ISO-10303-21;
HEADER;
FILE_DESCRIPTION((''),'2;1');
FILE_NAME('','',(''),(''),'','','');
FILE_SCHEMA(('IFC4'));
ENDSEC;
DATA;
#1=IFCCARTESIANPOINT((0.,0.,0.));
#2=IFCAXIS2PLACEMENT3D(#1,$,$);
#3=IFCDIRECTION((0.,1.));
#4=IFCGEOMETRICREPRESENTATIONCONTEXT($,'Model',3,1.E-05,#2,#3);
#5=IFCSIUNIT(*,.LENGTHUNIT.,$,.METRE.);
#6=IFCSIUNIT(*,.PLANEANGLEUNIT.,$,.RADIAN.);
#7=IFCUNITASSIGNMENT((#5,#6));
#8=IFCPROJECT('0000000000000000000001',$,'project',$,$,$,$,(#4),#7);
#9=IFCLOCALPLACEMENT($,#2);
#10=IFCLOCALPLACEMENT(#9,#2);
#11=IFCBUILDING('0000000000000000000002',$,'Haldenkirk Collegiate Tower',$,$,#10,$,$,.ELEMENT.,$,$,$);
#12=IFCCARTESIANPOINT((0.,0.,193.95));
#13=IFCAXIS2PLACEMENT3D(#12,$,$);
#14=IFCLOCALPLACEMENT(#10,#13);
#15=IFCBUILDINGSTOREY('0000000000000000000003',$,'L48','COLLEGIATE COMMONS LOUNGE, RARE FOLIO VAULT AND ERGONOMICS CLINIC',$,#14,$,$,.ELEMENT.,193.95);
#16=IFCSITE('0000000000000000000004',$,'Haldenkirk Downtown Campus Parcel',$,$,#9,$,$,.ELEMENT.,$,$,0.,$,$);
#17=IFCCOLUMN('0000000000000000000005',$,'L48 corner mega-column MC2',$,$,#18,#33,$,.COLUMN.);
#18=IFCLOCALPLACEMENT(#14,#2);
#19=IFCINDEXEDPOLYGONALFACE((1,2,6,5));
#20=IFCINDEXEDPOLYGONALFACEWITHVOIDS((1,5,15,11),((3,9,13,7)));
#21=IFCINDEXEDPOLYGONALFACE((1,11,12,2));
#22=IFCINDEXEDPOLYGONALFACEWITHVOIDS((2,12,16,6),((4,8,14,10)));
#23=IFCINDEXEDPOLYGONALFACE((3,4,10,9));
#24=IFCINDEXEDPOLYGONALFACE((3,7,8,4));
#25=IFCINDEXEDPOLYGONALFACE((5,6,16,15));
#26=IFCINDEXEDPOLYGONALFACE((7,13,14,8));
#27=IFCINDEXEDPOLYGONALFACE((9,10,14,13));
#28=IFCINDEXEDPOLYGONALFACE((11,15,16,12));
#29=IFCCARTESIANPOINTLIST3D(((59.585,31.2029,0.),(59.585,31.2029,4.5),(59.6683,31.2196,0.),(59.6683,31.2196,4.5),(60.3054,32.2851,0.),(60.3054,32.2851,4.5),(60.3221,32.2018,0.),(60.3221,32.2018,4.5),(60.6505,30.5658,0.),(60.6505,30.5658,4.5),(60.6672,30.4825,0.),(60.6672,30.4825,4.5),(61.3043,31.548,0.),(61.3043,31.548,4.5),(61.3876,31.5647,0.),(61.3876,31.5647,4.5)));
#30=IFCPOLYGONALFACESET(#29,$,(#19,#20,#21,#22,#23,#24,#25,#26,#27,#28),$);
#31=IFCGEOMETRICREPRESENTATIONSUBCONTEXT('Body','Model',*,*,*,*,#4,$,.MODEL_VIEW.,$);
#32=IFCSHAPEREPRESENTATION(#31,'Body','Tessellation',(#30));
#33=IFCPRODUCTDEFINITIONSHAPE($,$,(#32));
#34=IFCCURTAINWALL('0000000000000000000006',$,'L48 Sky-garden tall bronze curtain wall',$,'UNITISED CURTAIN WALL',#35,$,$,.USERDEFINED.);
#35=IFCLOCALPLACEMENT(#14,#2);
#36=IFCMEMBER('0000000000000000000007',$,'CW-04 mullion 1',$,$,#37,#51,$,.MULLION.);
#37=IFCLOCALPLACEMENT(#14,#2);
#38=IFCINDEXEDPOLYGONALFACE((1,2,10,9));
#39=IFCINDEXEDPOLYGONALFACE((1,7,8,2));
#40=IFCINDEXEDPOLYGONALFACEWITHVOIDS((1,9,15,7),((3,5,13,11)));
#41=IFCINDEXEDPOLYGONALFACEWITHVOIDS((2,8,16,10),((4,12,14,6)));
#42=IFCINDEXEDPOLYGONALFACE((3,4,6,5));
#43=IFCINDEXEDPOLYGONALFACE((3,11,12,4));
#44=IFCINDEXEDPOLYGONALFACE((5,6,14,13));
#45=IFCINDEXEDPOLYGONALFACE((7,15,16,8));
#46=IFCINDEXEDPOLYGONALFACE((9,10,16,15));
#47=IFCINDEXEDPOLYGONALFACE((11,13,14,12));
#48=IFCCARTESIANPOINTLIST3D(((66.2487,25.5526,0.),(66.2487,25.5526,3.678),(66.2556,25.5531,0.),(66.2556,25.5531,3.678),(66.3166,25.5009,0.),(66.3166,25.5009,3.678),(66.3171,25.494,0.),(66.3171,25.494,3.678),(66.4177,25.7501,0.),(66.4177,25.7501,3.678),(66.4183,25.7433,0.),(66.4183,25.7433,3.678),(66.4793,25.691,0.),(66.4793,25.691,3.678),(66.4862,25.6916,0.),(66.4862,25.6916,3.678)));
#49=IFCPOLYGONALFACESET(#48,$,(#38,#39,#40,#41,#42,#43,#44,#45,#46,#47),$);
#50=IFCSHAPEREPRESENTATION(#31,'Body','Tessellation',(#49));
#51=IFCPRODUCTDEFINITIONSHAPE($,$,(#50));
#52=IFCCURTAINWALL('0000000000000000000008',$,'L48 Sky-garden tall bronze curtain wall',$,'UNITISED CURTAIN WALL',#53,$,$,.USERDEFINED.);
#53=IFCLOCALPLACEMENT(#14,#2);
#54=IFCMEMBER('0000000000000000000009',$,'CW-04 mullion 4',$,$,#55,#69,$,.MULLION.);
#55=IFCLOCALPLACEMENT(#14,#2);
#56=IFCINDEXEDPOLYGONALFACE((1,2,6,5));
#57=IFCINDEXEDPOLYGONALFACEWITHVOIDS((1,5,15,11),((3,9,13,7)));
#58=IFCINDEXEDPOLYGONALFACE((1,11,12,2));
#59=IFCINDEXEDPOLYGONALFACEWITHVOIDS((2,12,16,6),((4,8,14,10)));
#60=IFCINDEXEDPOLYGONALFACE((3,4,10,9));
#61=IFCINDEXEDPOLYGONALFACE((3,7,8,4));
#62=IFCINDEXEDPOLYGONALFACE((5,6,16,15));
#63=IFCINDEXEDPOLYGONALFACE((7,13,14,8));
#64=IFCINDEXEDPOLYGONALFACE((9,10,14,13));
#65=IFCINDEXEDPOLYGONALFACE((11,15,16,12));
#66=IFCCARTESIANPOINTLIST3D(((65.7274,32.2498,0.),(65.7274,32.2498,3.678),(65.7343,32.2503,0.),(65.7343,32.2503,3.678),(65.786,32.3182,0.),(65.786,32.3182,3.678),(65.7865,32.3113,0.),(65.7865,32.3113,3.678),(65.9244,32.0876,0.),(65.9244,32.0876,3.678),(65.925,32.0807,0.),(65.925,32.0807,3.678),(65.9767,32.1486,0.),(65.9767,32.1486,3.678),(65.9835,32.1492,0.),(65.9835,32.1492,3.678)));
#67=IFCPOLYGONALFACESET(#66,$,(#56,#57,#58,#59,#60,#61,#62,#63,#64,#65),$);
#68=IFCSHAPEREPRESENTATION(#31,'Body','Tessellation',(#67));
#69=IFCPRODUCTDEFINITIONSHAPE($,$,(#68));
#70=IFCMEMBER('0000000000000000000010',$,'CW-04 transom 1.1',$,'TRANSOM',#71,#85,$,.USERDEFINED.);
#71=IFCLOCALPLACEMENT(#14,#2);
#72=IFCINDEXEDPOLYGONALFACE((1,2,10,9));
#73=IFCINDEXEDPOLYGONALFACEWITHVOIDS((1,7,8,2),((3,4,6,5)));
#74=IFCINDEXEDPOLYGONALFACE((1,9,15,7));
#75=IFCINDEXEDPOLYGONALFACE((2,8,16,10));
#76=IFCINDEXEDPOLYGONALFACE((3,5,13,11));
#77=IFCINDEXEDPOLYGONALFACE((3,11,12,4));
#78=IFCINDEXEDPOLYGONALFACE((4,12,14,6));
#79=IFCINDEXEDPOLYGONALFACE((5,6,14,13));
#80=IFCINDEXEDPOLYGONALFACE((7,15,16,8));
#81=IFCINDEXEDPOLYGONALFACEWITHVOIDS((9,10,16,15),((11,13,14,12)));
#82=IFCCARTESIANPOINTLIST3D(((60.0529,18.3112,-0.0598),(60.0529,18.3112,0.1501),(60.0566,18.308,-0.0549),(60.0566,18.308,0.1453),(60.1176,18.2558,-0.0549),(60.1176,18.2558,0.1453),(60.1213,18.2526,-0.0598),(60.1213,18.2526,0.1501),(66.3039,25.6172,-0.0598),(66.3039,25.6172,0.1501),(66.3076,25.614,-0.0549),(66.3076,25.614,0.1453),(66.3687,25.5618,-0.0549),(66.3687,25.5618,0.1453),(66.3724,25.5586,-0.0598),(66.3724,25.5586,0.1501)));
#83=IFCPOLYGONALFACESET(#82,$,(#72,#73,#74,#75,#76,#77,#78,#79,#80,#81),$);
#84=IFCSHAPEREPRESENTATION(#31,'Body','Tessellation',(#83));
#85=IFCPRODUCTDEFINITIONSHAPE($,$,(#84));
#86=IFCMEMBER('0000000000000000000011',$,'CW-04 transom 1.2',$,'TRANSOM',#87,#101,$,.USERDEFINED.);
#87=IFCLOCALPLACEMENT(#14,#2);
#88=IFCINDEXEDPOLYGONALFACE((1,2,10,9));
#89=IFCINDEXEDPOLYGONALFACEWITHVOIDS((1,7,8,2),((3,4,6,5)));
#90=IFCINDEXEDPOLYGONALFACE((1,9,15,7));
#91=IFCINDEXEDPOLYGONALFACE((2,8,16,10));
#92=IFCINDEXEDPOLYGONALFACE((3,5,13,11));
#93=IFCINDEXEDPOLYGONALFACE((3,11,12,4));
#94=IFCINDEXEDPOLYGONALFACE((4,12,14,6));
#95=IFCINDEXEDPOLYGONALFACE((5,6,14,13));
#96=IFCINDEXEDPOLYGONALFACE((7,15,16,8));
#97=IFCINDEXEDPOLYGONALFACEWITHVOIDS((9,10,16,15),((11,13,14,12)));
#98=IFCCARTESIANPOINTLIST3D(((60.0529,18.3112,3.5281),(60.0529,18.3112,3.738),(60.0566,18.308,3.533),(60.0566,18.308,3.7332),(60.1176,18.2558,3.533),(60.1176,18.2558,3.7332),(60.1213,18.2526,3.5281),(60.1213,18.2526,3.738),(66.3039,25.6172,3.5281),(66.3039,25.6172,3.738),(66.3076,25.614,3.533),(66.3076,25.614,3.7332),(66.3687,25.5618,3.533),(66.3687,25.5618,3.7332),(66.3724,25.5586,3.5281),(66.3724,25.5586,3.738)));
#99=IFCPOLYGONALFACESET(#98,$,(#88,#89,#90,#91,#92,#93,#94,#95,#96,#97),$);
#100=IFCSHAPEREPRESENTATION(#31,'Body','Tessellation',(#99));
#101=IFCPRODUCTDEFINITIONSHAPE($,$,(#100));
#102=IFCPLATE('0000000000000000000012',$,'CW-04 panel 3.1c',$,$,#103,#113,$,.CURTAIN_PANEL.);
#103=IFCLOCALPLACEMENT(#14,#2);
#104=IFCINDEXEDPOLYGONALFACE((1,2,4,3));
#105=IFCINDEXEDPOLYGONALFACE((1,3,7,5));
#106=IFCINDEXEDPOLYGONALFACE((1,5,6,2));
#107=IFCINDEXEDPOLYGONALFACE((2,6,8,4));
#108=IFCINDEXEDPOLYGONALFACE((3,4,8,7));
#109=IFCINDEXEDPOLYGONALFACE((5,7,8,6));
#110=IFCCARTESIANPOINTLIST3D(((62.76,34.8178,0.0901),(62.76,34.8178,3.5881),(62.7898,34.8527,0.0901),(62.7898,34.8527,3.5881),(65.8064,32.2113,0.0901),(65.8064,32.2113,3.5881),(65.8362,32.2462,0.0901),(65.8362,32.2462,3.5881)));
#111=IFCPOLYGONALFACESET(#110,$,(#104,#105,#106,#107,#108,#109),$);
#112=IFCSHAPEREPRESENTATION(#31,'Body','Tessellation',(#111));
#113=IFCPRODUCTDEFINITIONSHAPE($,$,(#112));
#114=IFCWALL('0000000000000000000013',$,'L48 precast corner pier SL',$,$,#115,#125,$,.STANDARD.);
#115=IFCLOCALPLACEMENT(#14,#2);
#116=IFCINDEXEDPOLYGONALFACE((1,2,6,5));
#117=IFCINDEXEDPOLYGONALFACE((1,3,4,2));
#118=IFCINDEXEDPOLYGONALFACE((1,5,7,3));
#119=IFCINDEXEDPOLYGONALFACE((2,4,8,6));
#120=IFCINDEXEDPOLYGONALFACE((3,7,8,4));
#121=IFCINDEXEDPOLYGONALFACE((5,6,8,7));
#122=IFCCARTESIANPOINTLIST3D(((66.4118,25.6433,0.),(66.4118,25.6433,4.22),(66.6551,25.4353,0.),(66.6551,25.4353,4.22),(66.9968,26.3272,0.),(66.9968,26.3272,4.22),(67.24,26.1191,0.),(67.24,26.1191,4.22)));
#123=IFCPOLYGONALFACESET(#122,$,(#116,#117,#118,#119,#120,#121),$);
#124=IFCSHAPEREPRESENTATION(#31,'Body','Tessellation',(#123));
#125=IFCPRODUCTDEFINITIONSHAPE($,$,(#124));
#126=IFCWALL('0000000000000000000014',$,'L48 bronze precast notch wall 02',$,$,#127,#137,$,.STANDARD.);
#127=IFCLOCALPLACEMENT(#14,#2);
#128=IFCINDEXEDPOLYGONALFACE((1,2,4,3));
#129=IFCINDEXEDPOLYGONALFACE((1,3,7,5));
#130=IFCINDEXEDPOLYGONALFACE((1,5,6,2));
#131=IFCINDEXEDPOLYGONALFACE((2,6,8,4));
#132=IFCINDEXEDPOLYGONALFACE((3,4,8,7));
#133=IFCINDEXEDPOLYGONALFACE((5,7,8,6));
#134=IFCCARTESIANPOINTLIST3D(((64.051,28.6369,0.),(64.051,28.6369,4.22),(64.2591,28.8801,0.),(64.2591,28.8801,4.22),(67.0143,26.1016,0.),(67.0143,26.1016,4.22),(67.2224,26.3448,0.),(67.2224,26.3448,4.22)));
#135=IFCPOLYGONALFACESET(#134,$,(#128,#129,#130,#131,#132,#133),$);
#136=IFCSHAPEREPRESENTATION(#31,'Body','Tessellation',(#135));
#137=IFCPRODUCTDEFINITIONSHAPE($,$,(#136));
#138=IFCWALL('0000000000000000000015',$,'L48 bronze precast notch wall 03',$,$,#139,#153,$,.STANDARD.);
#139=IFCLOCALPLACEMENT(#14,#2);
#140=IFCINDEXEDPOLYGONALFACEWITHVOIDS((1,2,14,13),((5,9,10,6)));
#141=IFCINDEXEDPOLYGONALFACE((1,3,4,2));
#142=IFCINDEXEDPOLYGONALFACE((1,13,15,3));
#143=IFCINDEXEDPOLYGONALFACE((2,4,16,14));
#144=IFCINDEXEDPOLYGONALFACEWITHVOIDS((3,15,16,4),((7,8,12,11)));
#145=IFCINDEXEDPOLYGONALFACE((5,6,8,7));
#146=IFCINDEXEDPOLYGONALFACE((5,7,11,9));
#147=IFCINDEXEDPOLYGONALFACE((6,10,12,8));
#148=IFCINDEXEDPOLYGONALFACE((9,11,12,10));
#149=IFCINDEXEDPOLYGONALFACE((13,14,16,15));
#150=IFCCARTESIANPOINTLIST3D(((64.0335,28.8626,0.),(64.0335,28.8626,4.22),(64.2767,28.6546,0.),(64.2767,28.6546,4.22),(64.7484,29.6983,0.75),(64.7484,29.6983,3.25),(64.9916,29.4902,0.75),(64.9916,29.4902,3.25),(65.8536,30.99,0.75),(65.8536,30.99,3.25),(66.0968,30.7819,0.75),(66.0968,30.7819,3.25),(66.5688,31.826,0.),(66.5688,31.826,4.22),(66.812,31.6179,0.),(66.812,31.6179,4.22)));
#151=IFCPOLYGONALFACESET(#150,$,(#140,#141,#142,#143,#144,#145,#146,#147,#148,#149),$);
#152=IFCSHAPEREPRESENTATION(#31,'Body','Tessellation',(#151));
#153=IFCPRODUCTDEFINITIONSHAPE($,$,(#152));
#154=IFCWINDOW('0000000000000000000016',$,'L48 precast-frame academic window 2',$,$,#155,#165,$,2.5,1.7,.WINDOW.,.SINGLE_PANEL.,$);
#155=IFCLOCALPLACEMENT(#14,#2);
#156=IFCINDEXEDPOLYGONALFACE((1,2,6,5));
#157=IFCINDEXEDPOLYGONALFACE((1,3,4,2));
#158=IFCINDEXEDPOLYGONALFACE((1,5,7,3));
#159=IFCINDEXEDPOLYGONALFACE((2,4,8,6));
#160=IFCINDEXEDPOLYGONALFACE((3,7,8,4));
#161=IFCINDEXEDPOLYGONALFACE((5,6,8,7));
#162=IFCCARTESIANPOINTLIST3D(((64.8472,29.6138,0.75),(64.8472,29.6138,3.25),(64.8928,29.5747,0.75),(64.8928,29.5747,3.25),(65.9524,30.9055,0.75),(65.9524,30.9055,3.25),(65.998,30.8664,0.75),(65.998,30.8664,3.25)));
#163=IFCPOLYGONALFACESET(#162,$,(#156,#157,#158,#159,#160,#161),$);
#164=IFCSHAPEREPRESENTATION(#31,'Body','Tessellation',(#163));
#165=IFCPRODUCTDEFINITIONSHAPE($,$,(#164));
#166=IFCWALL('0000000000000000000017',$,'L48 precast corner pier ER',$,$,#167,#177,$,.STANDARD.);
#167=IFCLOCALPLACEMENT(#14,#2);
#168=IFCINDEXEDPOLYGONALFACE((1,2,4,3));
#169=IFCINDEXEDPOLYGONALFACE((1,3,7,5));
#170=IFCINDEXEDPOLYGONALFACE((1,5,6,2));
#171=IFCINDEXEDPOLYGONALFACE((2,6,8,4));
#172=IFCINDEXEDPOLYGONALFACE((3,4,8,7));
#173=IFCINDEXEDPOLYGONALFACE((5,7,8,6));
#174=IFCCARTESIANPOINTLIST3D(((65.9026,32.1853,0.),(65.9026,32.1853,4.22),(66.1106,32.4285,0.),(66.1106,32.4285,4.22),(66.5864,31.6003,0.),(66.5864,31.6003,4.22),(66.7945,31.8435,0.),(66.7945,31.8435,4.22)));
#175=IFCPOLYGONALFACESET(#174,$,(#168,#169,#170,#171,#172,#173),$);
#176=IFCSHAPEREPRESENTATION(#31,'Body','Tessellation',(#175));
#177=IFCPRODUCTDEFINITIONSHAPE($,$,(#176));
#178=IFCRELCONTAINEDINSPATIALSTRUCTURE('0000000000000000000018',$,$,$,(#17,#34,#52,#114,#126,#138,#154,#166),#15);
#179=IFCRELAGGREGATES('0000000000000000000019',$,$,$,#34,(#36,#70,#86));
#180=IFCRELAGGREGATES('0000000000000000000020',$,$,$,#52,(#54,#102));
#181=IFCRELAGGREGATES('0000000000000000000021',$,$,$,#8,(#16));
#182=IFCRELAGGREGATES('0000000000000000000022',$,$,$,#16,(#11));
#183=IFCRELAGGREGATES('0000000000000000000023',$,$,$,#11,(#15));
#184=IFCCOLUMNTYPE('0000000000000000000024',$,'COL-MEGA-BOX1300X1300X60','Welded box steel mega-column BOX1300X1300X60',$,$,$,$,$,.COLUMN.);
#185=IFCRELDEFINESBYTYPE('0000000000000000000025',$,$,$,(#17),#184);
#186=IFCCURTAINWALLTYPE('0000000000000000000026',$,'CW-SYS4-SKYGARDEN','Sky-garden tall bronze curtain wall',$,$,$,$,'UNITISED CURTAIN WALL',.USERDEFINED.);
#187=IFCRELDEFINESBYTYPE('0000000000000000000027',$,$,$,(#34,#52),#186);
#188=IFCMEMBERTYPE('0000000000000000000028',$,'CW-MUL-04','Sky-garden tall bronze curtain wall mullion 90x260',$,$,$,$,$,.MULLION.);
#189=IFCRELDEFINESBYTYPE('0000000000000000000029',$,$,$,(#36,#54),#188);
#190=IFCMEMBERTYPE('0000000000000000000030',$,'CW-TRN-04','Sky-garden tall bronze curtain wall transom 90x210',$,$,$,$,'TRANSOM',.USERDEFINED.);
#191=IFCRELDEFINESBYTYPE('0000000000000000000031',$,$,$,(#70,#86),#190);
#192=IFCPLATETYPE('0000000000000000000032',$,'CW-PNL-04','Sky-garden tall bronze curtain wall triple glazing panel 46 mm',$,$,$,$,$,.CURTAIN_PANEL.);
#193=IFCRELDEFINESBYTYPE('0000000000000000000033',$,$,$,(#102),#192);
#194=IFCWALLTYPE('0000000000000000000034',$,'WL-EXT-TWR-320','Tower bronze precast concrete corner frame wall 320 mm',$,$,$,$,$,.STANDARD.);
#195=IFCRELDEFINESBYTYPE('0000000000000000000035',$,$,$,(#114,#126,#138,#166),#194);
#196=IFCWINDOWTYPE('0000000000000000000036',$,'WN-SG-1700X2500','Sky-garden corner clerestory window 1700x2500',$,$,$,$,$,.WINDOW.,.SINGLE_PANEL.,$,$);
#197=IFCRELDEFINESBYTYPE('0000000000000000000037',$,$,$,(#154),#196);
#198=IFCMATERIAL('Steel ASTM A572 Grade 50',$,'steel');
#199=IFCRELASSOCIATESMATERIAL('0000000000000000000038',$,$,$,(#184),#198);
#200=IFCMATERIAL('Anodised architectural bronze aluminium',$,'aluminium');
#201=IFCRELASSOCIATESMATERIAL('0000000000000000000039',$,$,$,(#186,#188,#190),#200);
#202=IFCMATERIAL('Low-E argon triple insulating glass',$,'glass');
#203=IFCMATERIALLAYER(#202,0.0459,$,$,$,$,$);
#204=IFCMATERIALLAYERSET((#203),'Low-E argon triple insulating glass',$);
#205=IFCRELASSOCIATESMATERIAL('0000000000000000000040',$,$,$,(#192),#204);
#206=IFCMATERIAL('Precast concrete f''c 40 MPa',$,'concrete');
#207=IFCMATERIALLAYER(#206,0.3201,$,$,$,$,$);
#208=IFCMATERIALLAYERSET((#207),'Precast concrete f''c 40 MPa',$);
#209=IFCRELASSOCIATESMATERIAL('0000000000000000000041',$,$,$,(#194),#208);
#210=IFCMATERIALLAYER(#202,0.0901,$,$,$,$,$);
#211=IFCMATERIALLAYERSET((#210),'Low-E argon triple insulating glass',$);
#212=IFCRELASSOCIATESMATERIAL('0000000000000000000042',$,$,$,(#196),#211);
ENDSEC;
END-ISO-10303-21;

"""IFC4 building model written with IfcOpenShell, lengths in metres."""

from ifc_helpers import new_model, si_unit, direction, frame, frame_2d, origin, origin_2d, place, context, subcontext, project, spatial, rectangle, hollow_rectangle, extrude, source, transform, mapped, material, layer, layer_set, material_profile, profile_set, type_object, element, fill, aggregate, save


model = new_model("IFC4")

# Units and contexts
model_context = context("Model", 3, precision=1e-05, world=origin(), true_north=direction((0.0, 1.0)))
body_context = subcontext(model_context, "Body", "Model", "MODEL_VIEW")
ifc_project = project(units=[si_unit("LENGTHUNIT", "METRE"), si_unit("PLANEANGLEUNIT", "RADIAN")], contexts=[model_context])

# Site, building, storey
site_placement = place(None, origin())
site = spatial("IfcSite", under=ifc_project, at=site_placement, Name="Haldenkirk Downtown Campus Parcel", CompositionType="ELEMENT", RefElevation=0.0)
building_placement = place(site_placement, origin())
building = spatial("IfcBuilding", under=site, at=building_placement, Name="Haldenkirk Collegiate Tower", CompositionType="ELEMENT")
storey_placement = place(building_placement, frame((0.0, 0.0, 193.95)))
storey = spatial("IfcBuildingStorey", under=building, at=storey_placement, Name="L48", Description="COLLEGIATE COMMONS LOUNGE, RARE FOLIO VAULT AND ERGONOMICS CLINIC", CompositionType="ELEMENT", Elevation=193.95)

# Column
ifc_material_1 = material(Name="Steel ASTM A572 Grade 50", Category="steel")
ifc_material_profile_1 = material_profile(ifc_material_1, hollow_rectangle(XDim=1.3, YDim=1.3, WallThickness=0.0601, at=origin_2d()), Name="BOX1300X1300X60")
ifc_profile_set_1 = profile_set([ifc_material_profile_1], Name="Steel ASTM A572 Grade 50")
column_type = type_object("IfcColumnType", Name="COL-MEGA-BOX1300X1300X60", Description="Welded box steel mega-column BOX1300X1300X60", PredefinedType="COLUMN", material=ifc_profile_set_1)
column_placement = place(storey_placement, frame((60.4863, 31.3838, 0.0), z_axis=(0.0, 0.0, 1.0), x_axis=(0.554118, 0.832438, 0.0)))
element("IfcColumn", 1, at=column_placement, inside=storey, type_object=column_type, Name="L48 corner mega-column MC2", PredefinedType="COLUMN", context=body_context, shape_type="SweptSolid", body=[
    extrude(hollow_rectangle(XDim=1.3, YDim=1.3, WallThickness=0.0601, at=origin_2d()), origin(), (0.0, 0.0, 1.0), 4.5),
])

# Curtain walls, members
ifc_material_2 = material(Name="Anodised architectural bronze aluminium", Category="aluminium")
curtain_wall_type = type_object("IfcCurtainWallType", Name="CW-SYS4-SKYGARDEN", Description="Sky-garden tall bronze curtain wall", ElementType="UNITISED CURTAIN WALL", PredefinedType="USERDEFINED", material=ifc_material_2)
curtain_wall_1_placement = place(storey_placement, origin())
curtain_wall_1 = element("IfcCurtainWall", 2, at=curtain_wall_1_placement, inside=storey, type_object=curtain_wall_type, Name="L48 Sky-garden tall bronze curtain wall", ObjectType="UNITISED CURTAIN WALL", PredefinedType="USERDEFINED")
ifc_material_profile_2 = material_profile(ifc_material_2, hollow_rectangle(XDim=0.0901, YDim=0.26, WallThickness=0.0049, at=origin_2d()), Name="CW-MUL-04")
ifc_profile_set_2 = profile_set([ifc_material_profile_2], Name="Anodised architectural bronze aluminium")
member_type_1 = type_object("IfcMemberType", Name="CW-MUL-04", Description="Sky-garden tall bronze curtain wall mullion 90x260", PredefinedType="MULLION", material=ifc_profile_set_2)
member_1_placement = place(storey_placement, frame((66.3674, 25.6221, 0.0), z_axis=(0.0, 0.0, 1.0), x_axis=(0.759837, -0.650114, 0.0)))
member_1 = element("IfcMember", 3, at=member_1_placement, type_object=member_type_1, Name="CW-04 mullion 1", PredefinedType="MULLION", context=body_context, shape_type="SweptSolid", body=[
    extrude(hollow_rectangle(XDim=0.0901, YDim=0.26, WallThickness=0.0049, at=origin_2d()), origin(), (0.0, 0.0, 1.0), 3.678),
])
curtain_wall_2_placement = place(storey_placement, origin())
curtain_wall_2 = element("IfcCurtainWall", 4, at=curtain_wall_2_placement, inside=storey, type_object=curtain_wall_type, Name="L48 Sky-garden tall bronze curtain wall", ObjectType="UNITISED CURTAIN WALL", PredefinedType="USERDEFINED")
member_2_placement = place(storey_placement, frame((65.8555, 32.1995, 0.0), z_axis=(0.0, 0.0, 1.0), x_axis=(0.650113, 0.759837, 0.0)))
member_2 = element("IfcMember", 5, at=member_2_placement, type_object=member_type_1, Name="CW-04 mullion 4", PredefinedType="MULLION", context=body_context, shape_type="SweptSolid", body=[
    extrude(hollow_rectangle(XDim=0.0901, YDim=0.26, WallThickness=0.0049, at=origin_2d()), origin(), (0.0, 0.0, 1.0), 3.678),
])

# Members
ifc_material_profile_3 = material_profile(ifc_material_2, hollow_rectangle(XDim=0.0901, YDim=0.21, WallThickness=0.0049, at=origin_2d()), Name="CW-TRN-04")
ifc_profile_set_3 = profile_set([ifc_material_profile_3], Name="Anodised architectural bronze aluminium")
member_type_2 = type_object("IfcMemberType", Name="CW-TRN-04", Description="Sky-garden tall bronze curtain wall transom 90x210", ElementType="TRANSOM", PredefinedType="USERDEFINED", material=ifc_profile_set_3)
member_3_placement = place(storey_placement, frame((66.3381, 25.5879, 0.0452), z_axis=(-0.650118, -0.759833, 0.0), x_axis=(0.759833, -0.650118, 0.0)))
member_3 = element("IfcMember", 6, at=member_3_placement, type_object=member_type_2, Name="CW-04 transom 1.1", ObjectType="TRANSOM", PredefinedType="USERDEFINED", context=body_context, shape_type="SweptSolid", body=[
    extrude(hollow_rectangle(XDim=0.0901, YDim=0.21, WallThickness=0.0049, at=origin_2d()), origin(), (0.0, 0.0, 1.0), 9.6152),
])
member_4_placement = place(storey_placement, frame((66.3381, 25.5879, 3.6331), z_axis=(-0.650118, -0.759833, 0.0), x_axis=(0.759833, -0.650118, 0.0)))
member_4 = element("IfcMember", 7, at=member_4_placement, type_object=member_type_2, Name="CW-04 transom 1.2", ObjectType="TRANSOM", PredefinedType="USERDEFINED", context=body_context, shape_type="SweptSolid", body=[
    extrude(hollow_rectangle(XDim=0.0901, YDim=0.21, WallThickness=0.0049, at=origin_2d()), origin(), (0.0, 0.0, 1.0), 9.6152),
])
aggregate(curtain_wall_1, [member_1, member_3, member_4])

# Plate
ifc_material_3 = material(Name="Low-E argon triple insulating glass", Category="glass")
ifc_layer_1 = layer(ifc_material_3, 0.0459)
ifc_layer_set_1 = layer_set([ifc_layer_1], Name="Low-E argon triple insulating glass")
plate_type = type_object("IfcPlateType", Name="CW-PNL-04", Description="Sky-garden tall bronze curtain wall triple glazing panel 46 mm", PredefinedType="CURTAIN_PANEL", material=ifc_layer_set_1)
shared_shape_1 = source(origin(), body_context, "Body", "SweptSolid", [
    extrude(rectangle(XDim=4.0093, YDim=0.0459, at=origin_2d()), origin(), (0.0, 0.0, 1.0), 3.498),
])
plate_placement = place(storey_placement, frame((64.2981, 33.532, 0.0901), z_axis=(0.0, 0.0, 1.0), x_axis=(0.759837, -0.650113, 0.0)))
plate = element("IfcPlate", 8, at=plate_placement, type_object=plate_type, Name="CW-04 panel 3.1c", PredefinedType="CURTAIN_PANEL", context=body_context, shape_type="MappedRepresentation", body=[
    mapped(shared_shape_1, transform((0.0, 0.0, 0.0), x_axis=(1.0, 0.0, 0.0), y_axis=(0.0, 1.0, 0.0), z_axis=(0.0, 0.0, 1.0), scale=1.0)),
])
aggregate(curtain_wall_2, [member_2, plate])

# Walls
ifc_material_4 = material(Name="Precast concrete f'c 40 MPa", Category="concrete")
ifc_layer_2 = layer(ifc_material_4, 0.3201)
ifc_layer_set_2 = layer_set([ifc_layer_2], Name="Precast concrete f'c 40 MPa")
wall_type_1 = type_object("IfcWallType", Name="WL-EXT-TWR-320", Description="Tower bronze precast concrete corner frame wall 320 mm", PredefinedType="STANDARD", material=ifc_layer_set_2)
wall_1_placement = place(storey_placement, frame((67.1184, 26.2231, 0.0), z_axis=(0.0, 0.0, 1.0), x_axis=(-0.650031, -0.759907, 0.0)))
element("IfcWall", 9, at=wall_1_placement, inside=storey, type_object=wall_type_1, Name="L48 precast corner pier SL", PredefinedType="STANDARD", context=body_context, shape_type="SweptSolid", body=[
    extrude(rectangle(XDim=0.8999, YDim=0.3201, at=frame_2d((0.45, 0.0))), origin(), (0.0, 0.0, 1.0), 4.22),
])
wall_2_placement = place(storey_placement, frame((64.155, 28.7585, 0.0), z_axis=(0.0, 0.0, 1.0), x_axis=(0.759844, -0.650105, 0.0)))
element("IfcWall", 10, at=wall_2_placement, inside=storey, type_object=wall_type_1, Name="L48 bronze precast notch wall 02", PredefinedType="STANDARD", context=body_context, shape_type="SweptSolid", body=[
    extrude(rectangle(XDim=3.8999, YDim=0.3201, at=frame_2d((1.95, 0.0))), origin(), (0.0, 0.0, 1.0), 4.22),
])

# Wall, opening, window
wall_3_placement = place(storey_placement, frame((66.6904, 31.7219, 0.0), z_axis=(0.0, 0.0, 1.0), x_axis=(-0.650105, -0.759844, 0.0)))
wall_3 = element("IfcWall", 11, at=wall_3_placement, inside=storey, type_object=wall_type_1, Name="L48 bronze precast notch wall 03", PredefinedType="STANDARD", context=body_context, shape_type="SweptSolid", body=[
    extrude(rectangle(XDim=3.8999, YDim=0.3201, at=frame_2d((1.95, 0.0))), origin(), (0.0, 0.0, 1.0), 4.22),
])
opening_1_placement = place(wall_3_placement, frame((1.1001, 0.0, 0.75)))
opening_1 = element("IfcOpeningElement", 12, at=opening_1_placement, cuts=wall_3, PredefinedType="OPENING", context=body_context, shape_type="SweptSolid", body=[
    extrude(rectangle(XDim=1.7, YDim=2.5, at=frame_2d((0.8501, 1.25))), frame((0.0, 0.1699, 0.0), z_axis=(0.0, -1.0, 0.0), x_axis=(1.0, 0.0, 0.0)), (0.0, 0.0, 1.0), 0.3401),
])
ifc_layer_3 = layer(ifc_material_3, 0.0901)
ifc_layer_set_3 = layer_set([ifc_layer_3], Name="Low-E argon triple insulating glass")
window_type = type_object("IfcWindowType", Name="WN-SG-1700X2500", Description="Sky-garden corner clerestory window 1700x2500", PartitioningType="SINGLE_PANEL", PredefinedType="WINDOW", material=ifc_layer_set_3)
window_placement = place(opening_1_placement, origin())
window = element("IfcWindow", 13, at=window_placement, inside=storey, type_object=window_type, Name="L48 precast-frame academic window 2", OverallHeight=2.5, OverallWidth=1.7, PartitioningType="SINGLE_PANEL", PredefinedType="WINDOW", context=body_context, shape_type="SweptSolid", body=[
    extrude(rectangle(XDim=1.7, YDim=2.5, at=frame_2d((0.8501, 1.25))), frame((0.0, 0.03, 0.0), z_axis=(0.0, -1.0, 0.0), x_axis=(1.0, 0.0, 0.0)), (0.0, 0.0, 1.0), 0.0601),
])
fill(opening_1, window)

# Wall
wall_4_placement = place(storey_placement, frame((66.0066, 32.3069, 0.0), z_axis=(0.0, 0.0, 1.0), x_axis=(0.759907, -0.650031, 0.0)))
element("IfcWall", 14, at=wall_4_placement, inside=storey, type_object=wall_type_1, Name="L48 precast corner pier ER", PredefinedType="STANDARD", context=body_context, shape_type="SweptSolid", body=[
    extrude(rectangle(XDim=0.8999, YDim=0.3201, at=frame_2d((0.45, 0.0))), origin(), (0.0, 0.0, 1.0), 4.22),
])

save(model, "model.ifc")
